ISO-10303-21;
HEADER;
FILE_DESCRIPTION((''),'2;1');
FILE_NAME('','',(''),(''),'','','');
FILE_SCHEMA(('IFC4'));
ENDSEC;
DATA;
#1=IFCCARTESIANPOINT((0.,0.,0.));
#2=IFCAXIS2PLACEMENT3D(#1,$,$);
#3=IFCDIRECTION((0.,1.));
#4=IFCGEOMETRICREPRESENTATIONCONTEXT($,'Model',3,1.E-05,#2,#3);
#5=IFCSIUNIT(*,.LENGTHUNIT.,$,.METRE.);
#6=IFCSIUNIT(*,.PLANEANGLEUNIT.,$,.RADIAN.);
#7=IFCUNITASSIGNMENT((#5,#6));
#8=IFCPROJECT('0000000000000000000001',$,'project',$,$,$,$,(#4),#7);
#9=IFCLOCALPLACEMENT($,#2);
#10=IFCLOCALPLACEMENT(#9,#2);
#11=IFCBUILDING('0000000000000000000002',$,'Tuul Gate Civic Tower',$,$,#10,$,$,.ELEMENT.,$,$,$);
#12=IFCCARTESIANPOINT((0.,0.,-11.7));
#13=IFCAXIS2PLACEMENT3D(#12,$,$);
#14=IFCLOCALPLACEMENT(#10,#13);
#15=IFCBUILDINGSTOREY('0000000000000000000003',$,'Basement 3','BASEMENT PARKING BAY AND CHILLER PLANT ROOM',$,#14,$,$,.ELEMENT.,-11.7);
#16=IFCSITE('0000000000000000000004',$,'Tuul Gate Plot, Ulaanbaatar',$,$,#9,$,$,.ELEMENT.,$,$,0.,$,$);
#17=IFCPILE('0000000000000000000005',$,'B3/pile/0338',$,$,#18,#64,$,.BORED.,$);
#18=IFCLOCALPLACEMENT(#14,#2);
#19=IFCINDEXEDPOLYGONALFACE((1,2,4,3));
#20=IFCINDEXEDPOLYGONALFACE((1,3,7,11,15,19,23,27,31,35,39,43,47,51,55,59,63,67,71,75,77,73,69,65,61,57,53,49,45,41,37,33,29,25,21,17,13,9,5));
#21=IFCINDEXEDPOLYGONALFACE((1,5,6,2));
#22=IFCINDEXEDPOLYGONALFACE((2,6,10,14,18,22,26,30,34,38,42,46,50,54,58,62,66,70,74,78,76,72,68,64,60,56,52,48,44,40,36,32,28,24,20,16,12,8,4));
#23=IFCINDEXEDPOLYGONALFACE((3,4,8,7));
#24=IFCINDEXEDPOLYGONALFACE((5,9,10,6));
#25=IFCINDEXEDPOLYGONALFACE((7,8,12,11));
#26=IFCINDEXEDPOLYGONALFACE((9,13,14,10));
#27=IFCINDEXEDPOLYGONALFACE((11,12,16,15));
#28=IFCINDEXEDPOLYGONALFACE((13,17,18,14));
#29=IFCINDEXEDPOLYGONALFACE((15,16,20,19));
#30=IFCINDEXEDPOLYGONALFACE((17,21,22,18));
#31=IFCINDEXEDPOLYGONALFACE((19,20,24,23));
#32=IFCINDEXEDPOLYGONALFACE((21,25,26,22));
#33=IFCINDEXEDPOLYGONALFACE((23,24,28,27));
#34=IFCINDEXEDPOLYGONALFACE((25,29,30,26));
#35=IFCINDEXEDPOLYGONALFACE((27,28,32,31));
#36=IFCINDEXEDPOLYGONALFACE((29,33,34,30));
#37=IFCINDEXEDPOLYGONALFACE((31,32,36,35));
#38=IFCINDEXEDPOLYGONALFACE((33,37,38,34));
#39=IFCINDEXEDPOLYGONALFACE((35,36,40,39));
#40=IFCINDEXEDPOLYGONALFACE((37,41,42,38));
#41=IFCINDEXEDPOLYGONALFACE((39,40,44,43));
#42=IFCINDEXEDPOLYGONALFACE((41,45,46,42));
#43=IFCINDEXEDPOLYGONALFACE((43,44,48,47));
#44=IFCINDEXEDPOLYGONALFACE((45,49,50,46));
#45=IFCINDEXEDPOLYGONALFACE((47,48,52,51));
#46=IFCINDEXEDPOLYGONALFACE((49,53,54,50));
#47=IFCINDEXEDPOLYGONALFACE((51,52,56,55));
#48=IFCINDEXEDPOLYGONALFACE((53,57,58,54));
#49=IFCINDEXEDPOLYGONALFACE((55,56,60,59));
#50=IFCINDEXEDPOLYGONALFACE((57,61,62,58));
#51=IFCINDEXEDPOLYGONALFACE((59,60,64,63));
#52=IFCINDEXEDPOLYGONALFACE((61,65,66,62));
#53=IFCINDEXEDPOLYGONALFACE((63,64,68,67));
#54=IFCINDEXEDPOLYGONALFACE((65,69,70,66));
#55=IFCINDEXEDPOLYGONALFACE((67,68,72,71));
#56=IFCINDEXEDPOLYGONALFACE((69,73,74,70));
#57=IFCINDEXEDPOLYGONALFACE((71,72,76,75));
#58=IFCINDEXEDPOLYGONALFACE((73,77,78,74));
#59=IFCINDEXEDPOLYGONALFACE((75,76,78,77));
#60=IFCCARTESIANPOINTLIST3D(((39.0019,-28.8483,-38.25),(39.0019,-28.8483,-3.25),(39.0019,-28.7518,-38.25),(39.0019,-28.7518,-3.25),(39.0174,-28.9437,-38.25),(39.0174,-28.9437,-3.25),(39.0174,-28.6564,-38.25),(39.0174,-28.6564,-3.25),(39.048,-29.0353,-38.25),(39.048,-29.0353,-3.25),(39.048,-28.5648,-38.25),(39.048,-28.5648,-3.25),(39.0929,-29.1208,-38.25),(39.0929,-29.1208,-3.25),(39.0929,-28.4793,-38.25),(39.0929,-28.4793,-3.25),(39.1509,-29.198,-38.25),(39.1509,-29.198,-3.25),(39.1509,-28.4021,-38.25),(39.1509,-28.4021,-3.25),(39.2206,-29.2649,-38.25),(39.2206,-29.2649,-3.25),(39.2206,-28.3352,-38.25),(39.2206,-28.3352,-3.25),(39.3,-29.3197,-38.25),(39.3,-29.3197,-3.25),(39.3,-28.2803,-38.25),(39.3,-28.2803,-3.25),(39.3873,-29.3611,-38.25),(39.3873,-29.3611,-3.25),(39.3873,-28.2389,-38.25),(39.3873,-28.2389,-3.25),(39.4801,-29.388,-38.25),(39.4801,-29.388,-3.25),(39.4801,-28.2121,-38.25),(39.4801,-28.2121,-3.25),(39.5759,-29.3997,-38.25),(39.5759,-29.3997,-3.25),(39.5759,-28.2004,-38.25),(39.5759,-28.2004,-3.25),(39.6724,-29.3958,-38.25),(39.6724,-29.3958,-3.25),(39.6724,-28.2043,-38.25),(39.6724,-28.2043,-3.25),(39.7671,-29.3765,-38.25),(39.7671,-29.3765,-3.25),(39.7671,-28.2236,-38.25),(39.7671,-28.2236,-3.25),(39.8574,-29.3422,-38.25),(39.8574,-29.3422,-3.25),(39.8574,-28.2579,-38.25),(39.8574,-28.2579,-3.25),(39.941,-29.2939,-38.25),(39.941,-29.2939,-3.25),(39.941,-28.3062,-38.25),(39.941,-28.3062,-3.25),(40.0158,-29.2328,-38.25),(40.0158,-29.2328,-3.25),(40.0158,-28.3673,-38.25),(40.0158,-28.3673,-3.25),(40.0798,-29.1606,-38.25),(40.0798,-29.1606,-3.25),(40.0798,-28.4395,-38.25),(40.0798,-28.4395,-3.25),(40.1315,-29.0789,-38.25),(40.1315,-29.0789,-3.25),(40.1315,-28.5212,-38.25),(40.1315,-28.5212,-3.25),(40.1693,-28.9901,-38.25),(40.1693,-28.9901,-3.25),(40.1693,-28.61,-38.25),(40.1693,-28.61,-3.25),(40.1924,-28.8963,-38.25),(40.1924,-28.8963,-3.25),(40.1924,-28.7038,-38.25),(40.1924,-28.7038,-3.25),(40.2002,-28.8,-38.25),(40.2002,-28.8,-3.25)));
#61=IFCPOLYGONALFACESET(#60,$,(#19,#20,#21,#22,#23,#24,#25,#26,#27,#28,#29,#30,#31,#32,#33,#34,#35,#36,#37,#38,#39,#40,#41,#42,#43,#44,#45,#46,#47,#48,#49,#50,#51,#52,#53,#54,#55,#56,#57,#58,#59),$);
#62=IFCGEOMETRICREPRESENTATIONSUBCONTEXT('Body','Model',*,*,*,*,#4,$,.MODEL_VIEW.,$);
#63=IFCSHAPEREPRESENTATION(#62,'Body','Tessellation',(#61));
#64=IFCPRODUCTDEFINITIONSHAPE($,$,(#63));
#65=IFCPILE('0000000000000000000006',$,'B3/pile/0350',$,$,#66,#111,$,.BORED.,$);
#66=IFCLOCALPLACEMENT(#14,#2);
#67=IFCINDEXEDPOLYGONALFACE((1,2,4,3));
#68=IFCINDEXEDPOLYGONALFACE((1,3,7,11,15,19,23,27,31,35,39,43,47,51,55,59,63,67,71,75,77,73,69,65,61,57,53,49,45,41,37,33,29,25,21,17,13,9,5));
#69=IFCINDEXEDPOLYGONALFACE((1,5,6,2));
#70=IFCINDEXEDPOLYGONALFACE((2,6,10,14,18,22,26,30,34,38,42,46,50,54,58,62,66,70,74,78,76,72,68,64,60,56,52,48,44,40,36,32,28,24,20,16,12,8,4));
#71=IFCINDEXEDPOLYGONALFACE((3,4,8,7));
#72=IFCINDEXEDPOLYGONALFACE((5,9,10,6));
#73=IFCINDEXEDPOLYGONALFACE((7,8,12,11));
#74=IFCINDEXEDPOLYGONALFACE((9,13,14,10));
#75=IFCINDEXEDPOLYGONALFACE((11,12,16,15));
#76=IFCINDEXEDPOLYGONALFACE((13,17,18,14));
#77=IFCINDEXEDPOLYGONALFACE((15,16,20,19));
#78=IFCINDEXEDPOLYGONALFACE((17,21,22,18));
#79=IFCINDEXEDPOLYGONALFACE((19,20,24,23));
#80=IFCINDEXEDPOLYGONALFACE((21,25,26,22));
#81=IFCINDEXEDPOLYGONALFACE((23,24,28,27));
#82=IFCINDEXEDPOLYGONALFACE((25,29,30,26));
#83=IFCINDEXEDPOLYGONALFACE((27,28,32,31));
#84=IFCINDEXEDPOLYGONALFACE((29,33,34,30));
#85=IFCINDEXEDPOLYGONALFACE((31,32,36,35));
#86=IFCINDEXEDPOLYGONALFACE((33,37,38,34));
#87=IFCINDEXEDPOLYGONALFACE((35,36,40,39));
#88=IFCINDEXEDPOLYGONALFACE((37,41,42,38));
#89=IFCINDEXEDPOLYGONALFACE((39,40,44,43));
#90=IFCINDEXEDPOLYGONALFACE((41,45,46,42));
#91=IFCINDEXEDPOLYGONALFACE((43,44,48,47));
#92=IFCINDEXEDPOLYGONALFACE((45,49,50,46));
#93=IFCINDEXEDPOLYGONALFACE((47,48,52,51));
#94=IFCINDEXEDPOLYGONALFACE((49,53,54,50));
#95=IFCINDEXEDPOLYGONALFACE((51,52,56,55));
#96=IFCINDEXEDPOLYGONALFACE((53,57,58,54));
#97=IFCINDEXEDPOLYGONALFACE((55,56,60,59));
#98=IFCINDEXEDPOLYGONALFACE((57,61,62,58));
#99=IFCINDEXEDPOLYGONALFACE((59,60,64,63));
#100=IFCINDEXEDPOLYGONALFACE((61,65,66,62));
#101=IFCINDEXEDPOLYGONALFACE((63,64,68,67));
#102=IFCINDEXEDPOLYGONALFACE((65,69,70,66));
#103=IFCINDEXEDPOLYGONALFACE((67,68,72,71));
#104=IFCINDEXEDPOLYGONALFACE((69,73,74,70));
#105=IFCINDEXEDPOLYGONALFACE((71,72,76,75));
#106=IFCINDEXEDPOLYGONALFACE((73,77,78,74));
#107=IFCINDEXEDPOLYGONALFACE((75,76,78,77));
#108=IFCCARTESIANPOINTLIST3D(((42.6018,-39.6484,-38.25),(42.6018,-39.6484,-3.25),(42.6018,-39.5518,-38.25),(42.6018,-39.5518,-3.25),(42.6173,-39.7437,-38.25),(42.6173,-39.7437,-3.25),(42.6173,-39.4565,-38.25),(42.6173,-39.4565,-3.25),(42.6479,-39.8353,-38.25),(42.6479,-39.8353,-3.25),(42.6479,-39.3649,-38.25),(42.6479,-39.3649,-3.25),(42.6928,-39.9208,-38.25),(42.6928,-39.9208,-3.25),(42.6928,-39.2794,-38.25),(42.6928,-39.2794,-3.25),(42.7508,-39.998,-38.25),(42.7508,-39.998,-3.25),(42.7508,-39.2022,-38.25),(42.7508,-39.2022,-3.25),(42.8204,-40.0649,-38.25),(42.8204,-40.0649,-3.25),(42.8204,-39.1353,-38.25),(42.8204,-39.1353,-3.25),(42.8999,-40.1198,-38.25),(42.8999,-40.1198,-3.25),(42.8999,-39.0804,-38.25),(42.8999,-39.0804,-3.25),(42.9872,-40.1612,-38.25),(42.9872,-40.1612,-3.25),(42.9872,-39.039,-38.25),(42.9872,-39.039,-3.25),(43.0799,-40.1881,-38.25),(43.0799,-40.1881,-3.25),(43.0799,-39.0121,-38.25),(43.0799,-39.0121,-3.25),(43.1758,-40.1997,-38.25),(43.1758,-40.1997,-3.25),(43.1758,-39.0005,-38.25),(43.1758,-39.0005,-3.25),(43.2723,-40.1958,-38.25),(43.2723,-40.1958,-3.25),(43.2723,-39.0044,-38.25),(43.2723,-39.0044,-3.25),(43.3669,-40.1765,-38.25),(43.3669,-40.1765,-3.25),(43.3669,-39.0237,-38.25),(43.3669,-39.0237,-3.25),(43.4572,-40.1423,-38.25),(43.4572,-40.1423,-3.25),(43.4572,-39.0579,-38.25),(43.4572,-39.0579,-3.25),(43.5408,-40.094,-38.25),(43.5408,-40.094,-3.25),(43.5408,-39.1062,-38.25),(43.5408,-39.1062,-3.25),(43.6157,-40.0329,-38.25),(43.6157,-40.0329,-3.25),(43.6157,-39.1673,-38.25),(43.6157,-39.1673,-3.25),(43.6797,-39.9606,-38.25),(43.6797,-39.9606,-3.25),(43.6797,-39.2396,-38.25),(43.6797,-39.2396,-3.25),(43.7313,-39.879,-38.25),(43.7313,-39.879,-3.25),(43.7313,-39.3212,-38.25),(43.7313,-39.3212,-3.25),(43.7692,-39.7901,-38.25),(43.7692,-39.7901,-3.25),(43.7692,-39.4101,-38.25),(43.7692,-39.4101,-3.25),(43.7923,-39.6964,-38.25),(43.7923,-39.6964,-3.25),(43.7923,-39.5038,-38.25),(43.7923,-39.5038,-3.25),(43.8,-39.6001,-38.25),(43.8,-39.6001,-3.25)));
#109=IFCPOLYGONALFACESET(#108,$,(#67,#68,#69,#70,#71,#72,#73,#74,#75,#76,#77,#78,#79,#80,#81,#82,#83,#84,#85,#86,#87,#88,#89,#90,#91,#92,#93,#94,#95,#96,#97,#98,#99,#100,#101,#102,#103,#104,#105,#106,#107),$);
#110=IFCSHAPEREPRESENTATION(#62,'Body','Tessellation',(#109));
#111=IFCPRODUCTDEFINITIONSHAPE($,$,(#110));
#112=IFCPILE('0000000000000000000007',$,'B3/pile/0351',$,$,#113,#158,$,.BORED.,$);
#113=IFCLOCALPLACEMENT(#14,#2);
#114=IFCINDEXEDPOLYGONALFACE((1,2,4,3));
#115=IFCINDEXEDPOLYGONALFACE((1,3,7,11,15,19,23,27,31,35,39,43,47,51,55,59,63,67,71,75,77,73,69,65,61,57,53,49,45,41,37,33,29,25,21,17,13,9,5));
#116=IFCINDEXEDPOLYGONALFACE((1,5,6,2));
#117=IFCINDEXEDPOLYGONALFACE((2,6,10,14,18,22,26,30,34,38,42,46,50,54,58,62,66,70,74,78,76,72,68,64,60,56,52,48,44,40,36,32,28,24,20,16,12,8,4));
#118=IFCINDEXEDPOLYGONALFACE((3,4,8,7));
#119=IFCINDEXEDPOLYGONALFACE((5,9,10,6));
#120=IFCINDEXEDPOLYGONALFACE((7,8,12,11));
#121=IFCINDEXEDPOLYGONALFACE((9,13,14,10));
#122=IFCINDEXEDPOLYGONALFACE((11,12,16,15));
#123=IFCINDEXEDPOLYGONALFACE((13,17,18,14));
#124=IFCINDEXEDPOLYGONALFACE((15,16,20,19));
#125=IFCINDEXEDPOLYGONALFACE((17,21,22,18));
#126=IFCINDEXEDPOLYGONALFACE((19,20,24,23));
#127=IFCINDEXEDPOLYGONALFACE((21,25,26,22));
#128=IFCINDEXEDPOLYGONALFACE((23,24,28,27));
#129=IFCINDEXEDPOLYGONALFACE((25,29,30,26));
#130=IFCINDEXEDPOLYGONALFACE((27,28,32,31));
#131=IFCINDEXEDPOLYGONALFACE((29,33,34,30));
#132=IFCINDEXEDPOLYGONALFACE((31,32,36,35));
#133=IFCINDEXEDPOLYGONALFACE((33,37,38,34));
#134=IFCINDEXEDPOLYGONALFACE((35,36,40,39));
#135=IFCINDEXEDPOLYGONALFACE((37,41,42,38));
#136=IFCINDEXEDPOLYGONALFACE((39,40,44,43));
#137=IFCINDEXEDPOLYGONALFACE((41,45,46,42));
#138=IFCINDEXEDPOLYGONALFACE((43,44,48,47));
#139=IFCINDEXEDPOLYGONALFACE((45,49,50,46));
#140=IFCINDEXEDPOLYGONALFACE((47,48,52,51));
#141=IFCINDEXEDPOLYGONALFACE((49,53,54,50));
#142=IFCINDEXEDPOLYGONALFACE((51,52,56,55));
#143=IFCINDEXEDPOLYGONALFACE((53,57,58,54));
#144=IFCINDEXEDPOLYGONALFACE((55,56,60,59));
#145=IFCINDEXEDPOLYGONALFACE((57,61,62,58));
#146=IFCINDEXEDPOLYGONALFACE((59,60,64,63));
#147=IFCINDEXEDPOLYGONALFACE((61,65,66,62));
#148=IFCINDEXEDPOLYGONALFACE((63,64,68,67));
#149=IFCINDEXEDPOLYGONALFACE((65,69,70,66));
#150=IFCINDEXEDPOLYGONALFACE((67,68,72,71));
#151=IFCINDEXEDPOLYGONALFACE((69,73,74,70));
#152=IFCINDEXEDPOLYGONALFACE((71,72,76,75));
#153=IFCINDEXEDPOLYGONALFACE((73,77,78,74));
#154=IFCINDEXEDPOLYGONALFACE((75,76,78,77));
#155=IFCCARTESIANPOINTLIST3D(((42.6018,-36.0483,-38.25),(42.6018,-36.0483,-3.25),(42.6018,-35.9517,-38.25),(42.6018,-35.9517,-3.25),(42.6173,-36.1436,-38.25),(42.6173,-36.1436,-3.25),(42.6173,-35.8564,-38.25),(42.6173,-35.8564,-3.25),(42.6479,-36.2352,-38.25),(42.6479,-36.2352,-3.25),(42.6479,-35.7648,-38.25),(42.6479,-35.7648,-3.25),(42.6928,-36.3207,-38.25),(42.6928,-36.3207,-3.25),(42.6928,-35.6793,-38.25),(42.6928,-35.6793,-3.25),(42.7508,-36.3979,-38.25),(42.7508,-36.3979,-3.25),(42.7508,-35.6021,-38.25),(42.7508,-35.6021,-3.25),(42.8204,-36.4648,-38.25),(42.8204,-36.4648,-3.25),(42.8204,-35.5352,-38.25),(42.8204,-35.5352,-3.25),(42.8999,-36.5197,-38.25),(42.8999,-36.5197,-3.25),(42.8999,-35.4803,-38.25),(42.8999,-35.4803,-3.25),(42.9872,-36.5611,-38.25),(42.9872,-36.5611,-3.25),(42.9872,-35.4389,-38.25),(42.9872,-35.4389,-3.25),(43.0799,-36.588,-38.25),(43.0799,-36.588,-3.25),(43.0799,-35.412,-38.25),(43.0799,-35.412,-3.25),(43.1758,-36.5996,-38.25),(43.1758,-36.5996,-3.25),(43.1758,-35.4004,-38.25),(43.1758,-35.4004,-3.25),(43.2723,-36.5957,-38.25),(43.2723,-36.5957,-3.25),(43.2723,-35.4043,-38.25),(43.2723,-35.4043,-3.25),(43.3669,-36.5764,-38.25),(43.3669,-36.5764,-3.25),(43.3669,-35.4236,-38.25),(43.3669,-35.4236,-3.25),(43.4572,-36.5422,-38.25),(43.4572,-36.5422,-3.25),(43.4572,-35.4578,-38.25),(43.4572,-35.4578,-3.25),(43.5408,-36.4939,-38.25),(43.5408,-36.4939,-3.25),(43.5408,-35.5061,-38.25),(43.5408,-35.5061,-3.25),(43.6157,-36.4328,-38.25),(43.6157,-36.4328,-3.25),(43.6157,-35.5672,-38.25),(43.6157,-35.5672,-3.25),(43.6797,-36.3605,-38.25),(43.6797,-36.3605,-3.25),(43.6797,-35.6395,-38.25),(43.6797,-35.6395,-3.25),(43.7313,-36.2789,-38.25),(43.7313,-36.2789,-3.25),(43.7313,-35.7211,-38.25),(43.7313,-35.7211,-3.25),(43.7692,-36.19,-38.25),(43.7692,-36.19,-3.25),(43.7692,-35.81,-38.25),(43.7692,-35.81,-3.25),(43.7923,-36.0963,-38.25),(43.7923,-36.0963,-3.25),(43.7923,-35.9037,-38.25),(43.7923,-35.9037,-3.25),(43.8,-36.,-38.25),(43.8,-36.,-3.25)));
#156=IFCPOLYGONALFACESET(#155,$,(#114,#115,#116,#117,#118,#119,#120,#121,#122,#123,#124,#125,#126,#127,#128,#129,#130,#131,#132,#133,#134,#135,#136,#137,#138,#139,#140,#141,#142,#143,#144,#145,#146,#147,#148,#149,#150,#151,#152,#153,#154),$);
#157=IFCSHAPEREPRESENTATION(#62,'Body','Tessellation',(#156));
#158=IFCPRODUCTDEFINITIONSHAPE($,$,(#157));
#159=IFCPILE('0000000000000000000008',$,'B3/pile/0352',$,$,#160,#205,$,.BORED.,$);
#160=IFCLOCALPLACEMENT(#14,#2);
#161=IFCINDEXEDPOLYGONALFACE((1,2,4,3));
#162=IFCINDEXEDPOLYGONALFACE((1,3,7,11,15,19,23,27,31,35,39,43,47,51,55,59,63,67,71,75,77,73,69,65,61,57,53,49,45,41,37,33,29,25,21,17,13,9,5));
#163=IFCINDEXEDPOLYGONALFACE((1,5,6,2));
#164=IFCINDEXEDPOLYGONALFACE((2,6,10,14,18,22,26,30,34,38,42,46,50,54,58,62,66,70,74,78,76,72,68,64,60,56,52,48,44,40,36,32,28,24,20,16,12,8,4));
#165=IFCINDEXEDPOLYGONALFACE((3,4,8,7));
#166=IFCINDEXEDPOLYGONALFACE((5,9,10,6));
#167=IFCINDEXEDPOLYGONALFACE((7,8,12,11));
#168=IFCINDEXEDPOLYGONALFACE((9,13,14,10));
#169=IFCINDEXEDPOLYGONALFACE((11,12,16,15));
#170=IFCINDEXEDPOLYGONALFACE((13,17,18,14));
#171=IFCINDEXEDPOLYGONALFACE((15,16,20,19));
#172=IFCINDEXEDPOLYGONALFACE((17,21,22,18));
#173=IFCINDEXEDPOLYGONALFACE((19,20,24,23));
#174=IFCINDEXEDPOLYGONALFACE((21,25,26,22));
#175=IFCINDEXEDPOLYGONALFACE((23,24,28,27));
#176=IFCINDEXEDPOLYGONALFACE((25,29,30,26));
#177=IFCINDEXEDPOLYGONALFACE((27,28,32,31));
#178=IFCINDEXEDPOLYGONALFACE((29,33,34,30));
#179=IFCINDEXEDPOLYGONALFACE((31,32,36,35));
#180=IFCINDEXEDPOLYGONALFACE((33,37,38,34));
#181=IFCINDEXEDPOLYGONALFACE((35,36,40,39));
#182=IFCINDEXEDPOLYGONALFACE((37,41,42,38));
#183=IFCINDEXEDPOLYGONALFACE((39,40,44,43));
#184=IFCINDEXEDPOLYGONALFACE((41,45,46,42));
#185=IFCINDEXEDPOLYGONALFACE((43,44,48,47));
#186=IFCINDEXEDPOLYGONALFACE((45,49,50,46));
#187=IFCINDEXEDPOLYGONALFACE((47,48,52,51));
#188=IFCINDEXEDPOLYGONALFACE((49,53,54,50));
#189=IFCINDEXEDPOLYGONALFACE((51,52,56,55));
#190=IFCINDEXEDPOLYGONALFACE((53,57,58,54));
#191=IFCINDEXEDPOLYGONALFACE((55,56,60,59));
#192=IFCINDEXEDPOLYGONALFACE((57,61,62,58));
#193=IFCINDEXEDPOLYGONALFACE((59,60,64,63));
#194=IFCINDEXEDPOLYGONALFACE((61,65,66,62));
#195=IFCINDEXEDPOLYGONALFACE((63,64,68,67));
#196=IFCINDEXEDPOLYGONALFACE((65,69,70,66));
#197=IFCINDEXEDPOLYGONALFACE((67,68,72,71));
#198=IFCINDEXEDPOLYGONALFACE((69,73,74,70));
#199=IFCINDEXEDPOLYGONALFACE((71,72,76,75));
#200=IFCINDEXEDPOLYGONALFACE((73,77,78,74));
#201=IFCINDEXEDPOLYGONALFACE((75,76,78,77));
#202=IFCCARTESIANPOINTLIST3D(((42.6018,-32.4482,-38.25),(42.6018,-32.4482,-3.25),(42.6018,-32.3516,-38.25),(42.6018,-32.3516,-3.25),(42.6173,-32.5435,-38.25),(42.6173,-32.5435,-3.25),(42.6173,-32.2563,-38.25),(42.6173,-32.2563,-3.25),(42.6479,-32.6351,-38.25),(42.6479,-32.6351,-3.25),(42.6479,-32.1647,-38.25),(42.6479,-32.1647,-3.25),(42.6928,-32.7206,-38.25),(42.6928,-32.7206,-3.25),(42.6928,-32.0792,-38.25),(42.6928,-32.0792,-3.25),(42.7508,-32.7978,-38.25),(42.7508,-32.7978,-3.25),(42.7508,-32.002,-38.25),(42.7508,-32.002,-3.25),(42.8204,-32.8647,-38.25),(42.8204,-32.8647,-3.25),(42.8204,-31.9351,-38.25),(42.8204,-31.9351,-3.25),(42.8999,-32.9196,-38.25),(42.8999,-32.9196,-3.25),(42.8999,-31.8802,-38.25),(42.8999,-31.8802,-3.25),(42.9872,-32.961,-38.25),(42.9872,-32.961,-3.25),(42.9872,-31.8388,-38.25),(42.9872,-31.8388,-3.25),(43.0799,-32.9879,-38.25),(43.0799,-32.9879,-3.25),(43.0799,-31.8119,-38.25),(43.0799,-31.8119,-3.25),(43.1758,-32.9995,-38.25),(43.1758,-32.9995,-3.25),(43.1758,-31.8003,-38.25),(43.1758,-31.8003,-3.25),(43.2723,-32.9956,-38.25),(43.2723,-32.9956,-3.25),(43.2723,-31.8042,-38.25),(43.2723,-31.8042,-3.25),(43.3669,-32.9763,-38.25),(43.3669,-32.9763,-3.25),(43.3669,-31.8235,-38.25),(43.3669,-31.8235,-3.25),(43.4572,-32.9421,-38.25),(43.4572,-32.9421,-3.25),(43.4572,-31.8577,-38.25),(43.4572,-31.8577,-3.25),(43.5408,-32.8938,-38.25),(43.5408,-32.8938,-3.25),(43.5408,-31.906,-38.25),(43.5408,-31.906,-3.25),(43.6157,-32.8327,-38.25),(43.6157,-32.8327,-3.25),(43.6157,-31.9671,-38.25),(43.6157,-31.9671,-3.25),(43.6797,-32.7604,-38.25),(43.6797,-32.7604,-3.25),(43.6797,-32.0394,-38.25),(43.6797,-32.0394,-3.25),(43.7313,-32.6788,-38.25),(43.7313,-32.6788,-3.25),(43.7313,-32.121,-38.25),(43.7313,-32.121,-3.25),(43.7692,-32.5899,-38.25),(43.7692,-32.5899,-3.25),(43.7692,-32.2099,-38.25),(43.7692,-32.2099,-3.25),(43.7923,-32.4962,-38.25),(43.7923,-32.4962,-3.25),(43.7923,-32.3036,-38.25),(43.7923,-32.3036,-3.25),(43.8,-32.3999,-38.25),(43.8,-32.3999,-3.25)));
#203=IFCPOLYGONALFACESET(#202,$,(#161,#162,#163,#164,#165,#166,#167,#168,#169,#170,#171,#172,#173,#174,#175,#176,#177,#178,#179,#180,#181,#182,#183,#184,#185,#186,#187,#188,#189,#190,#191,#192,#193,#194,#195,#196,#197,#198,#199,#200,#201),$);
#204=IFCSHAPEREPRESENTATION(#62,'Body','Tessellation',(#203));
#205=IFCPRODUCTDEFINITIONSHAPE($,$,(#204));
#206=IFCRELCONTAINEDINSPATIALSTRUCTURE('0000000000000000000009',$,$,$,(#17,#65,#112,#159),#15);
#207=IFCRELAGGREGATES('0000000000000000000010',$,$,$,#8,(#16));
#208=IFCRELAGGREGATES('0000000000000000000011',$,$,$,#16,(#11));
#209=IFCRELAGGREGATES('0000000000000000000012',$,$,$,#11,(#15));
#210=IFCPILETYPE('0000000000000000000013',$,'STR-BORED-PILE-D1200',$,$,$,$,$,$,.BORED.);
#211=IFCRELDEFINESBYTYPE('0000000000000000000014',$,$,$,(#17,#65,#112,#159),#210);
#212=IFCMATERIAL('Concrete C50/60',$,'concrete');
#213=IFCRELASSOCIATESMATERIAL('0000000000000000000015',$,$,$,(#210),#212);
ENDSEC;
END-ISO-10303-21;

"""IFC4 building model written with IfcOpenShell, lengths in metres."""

from ifc_helpers import new_model, si_unit, direction, frame, origin, origin_2d, place, context, subcontext, project, spatial, circle, extrude, material, material_profile, profile_set, type_object, element, save


model = new_model("IFC4")

# Units and contexts
model_context = context("Model", 3, precision=1e-05, world=origin(), true_north=direction((0.0, 1.0)))
body_context = subcontext(model_context, "Body", "Model", "MODEL_VIEW")
ifc_project = project(units=[si_unit("LENGTHUNIT", "METRE"), si_unit("PLANEANGLEUNIT", "RADIAN")], contexts=[model_context])

# Site, building, storey
site_placement = place(None, origin())
site = spatial("IfcSite", under=ifc_project, at=site_placement, Name="Tuul Gate Plot, Ulaanbaatar", CompositionType="ELEMENT", RefElevation=0.0)
building_placement = place(site_placement, origin())
building = spatial("IfcBuilding", under=site, at=building_placement, Name="Tuul Gate Civic Tower", CompositionType="ELEMENT")
storey_placement = place(building_placement, frame((0.0, 0.0, -11.7)))
storey = spatial("IfcBuildingStorey", under=building, at=storey_placement, Name="Basement 3", Description="BASEMENT PARKING BAY AND CHILLER PLANT ROOM", CompositionType="ELEMENT", Elevation=-11.7)

# Piles
ifc_material_1 = material(Name="Concrete C50/60", Category="concrete")
ifc_material_profile_1 = material_profile(ifc_material_1, circle(Radius=0.6001, at=origin_2d()), Name="PILE1200")
ifc_profile_set_1 = profile_set([ifc_material_profile_1], Name="Concrete C50/60")
pile_type = type_object("IfcPileType", Name="STR-BORED-PILE-D1200", PredefinedType="BORED", material=ifc_profile_set_1)
for number, where, z_axis, x_axis, name in (
    (1, (39.6001, -28.8, -3.25), (0.0, 0.0, -1.0), (1.0, 0.0, 0.0), "B3/pile/0338"),
    (2, (43.2, -39.6001, -3.25), (0.0, 0.0, -1.0), (1.0, 0.0, 0.0), "B3/pile/0350"),
    (3, (43.2, -36.0, -3.25), (0.0, 0.0, -1.0), (1.0, 0.0, 0.0), "B3/pile/0351"),
    (4, (43.2, -32.3999, -3.25), (0.0, 0.0, -1.0), (1.0, 0.0, 0.0), "B3/pile/0352"),
):
    element("IfcPile", number, at=place(storey_placement, frame(where, z_axis=z_axis, x_axis=x_axis)), inside=storey, type_object=pile_type, Name=name, PredefinedType="BORED", context=body_context, shape_type="SweptSolid", body=[
        extrude(circle(Radius=0.6001, at=origin_2d()), origin(), (0.0, 0.0, 1.0), 35.0),
    ])

save(model, "model.ifc")
